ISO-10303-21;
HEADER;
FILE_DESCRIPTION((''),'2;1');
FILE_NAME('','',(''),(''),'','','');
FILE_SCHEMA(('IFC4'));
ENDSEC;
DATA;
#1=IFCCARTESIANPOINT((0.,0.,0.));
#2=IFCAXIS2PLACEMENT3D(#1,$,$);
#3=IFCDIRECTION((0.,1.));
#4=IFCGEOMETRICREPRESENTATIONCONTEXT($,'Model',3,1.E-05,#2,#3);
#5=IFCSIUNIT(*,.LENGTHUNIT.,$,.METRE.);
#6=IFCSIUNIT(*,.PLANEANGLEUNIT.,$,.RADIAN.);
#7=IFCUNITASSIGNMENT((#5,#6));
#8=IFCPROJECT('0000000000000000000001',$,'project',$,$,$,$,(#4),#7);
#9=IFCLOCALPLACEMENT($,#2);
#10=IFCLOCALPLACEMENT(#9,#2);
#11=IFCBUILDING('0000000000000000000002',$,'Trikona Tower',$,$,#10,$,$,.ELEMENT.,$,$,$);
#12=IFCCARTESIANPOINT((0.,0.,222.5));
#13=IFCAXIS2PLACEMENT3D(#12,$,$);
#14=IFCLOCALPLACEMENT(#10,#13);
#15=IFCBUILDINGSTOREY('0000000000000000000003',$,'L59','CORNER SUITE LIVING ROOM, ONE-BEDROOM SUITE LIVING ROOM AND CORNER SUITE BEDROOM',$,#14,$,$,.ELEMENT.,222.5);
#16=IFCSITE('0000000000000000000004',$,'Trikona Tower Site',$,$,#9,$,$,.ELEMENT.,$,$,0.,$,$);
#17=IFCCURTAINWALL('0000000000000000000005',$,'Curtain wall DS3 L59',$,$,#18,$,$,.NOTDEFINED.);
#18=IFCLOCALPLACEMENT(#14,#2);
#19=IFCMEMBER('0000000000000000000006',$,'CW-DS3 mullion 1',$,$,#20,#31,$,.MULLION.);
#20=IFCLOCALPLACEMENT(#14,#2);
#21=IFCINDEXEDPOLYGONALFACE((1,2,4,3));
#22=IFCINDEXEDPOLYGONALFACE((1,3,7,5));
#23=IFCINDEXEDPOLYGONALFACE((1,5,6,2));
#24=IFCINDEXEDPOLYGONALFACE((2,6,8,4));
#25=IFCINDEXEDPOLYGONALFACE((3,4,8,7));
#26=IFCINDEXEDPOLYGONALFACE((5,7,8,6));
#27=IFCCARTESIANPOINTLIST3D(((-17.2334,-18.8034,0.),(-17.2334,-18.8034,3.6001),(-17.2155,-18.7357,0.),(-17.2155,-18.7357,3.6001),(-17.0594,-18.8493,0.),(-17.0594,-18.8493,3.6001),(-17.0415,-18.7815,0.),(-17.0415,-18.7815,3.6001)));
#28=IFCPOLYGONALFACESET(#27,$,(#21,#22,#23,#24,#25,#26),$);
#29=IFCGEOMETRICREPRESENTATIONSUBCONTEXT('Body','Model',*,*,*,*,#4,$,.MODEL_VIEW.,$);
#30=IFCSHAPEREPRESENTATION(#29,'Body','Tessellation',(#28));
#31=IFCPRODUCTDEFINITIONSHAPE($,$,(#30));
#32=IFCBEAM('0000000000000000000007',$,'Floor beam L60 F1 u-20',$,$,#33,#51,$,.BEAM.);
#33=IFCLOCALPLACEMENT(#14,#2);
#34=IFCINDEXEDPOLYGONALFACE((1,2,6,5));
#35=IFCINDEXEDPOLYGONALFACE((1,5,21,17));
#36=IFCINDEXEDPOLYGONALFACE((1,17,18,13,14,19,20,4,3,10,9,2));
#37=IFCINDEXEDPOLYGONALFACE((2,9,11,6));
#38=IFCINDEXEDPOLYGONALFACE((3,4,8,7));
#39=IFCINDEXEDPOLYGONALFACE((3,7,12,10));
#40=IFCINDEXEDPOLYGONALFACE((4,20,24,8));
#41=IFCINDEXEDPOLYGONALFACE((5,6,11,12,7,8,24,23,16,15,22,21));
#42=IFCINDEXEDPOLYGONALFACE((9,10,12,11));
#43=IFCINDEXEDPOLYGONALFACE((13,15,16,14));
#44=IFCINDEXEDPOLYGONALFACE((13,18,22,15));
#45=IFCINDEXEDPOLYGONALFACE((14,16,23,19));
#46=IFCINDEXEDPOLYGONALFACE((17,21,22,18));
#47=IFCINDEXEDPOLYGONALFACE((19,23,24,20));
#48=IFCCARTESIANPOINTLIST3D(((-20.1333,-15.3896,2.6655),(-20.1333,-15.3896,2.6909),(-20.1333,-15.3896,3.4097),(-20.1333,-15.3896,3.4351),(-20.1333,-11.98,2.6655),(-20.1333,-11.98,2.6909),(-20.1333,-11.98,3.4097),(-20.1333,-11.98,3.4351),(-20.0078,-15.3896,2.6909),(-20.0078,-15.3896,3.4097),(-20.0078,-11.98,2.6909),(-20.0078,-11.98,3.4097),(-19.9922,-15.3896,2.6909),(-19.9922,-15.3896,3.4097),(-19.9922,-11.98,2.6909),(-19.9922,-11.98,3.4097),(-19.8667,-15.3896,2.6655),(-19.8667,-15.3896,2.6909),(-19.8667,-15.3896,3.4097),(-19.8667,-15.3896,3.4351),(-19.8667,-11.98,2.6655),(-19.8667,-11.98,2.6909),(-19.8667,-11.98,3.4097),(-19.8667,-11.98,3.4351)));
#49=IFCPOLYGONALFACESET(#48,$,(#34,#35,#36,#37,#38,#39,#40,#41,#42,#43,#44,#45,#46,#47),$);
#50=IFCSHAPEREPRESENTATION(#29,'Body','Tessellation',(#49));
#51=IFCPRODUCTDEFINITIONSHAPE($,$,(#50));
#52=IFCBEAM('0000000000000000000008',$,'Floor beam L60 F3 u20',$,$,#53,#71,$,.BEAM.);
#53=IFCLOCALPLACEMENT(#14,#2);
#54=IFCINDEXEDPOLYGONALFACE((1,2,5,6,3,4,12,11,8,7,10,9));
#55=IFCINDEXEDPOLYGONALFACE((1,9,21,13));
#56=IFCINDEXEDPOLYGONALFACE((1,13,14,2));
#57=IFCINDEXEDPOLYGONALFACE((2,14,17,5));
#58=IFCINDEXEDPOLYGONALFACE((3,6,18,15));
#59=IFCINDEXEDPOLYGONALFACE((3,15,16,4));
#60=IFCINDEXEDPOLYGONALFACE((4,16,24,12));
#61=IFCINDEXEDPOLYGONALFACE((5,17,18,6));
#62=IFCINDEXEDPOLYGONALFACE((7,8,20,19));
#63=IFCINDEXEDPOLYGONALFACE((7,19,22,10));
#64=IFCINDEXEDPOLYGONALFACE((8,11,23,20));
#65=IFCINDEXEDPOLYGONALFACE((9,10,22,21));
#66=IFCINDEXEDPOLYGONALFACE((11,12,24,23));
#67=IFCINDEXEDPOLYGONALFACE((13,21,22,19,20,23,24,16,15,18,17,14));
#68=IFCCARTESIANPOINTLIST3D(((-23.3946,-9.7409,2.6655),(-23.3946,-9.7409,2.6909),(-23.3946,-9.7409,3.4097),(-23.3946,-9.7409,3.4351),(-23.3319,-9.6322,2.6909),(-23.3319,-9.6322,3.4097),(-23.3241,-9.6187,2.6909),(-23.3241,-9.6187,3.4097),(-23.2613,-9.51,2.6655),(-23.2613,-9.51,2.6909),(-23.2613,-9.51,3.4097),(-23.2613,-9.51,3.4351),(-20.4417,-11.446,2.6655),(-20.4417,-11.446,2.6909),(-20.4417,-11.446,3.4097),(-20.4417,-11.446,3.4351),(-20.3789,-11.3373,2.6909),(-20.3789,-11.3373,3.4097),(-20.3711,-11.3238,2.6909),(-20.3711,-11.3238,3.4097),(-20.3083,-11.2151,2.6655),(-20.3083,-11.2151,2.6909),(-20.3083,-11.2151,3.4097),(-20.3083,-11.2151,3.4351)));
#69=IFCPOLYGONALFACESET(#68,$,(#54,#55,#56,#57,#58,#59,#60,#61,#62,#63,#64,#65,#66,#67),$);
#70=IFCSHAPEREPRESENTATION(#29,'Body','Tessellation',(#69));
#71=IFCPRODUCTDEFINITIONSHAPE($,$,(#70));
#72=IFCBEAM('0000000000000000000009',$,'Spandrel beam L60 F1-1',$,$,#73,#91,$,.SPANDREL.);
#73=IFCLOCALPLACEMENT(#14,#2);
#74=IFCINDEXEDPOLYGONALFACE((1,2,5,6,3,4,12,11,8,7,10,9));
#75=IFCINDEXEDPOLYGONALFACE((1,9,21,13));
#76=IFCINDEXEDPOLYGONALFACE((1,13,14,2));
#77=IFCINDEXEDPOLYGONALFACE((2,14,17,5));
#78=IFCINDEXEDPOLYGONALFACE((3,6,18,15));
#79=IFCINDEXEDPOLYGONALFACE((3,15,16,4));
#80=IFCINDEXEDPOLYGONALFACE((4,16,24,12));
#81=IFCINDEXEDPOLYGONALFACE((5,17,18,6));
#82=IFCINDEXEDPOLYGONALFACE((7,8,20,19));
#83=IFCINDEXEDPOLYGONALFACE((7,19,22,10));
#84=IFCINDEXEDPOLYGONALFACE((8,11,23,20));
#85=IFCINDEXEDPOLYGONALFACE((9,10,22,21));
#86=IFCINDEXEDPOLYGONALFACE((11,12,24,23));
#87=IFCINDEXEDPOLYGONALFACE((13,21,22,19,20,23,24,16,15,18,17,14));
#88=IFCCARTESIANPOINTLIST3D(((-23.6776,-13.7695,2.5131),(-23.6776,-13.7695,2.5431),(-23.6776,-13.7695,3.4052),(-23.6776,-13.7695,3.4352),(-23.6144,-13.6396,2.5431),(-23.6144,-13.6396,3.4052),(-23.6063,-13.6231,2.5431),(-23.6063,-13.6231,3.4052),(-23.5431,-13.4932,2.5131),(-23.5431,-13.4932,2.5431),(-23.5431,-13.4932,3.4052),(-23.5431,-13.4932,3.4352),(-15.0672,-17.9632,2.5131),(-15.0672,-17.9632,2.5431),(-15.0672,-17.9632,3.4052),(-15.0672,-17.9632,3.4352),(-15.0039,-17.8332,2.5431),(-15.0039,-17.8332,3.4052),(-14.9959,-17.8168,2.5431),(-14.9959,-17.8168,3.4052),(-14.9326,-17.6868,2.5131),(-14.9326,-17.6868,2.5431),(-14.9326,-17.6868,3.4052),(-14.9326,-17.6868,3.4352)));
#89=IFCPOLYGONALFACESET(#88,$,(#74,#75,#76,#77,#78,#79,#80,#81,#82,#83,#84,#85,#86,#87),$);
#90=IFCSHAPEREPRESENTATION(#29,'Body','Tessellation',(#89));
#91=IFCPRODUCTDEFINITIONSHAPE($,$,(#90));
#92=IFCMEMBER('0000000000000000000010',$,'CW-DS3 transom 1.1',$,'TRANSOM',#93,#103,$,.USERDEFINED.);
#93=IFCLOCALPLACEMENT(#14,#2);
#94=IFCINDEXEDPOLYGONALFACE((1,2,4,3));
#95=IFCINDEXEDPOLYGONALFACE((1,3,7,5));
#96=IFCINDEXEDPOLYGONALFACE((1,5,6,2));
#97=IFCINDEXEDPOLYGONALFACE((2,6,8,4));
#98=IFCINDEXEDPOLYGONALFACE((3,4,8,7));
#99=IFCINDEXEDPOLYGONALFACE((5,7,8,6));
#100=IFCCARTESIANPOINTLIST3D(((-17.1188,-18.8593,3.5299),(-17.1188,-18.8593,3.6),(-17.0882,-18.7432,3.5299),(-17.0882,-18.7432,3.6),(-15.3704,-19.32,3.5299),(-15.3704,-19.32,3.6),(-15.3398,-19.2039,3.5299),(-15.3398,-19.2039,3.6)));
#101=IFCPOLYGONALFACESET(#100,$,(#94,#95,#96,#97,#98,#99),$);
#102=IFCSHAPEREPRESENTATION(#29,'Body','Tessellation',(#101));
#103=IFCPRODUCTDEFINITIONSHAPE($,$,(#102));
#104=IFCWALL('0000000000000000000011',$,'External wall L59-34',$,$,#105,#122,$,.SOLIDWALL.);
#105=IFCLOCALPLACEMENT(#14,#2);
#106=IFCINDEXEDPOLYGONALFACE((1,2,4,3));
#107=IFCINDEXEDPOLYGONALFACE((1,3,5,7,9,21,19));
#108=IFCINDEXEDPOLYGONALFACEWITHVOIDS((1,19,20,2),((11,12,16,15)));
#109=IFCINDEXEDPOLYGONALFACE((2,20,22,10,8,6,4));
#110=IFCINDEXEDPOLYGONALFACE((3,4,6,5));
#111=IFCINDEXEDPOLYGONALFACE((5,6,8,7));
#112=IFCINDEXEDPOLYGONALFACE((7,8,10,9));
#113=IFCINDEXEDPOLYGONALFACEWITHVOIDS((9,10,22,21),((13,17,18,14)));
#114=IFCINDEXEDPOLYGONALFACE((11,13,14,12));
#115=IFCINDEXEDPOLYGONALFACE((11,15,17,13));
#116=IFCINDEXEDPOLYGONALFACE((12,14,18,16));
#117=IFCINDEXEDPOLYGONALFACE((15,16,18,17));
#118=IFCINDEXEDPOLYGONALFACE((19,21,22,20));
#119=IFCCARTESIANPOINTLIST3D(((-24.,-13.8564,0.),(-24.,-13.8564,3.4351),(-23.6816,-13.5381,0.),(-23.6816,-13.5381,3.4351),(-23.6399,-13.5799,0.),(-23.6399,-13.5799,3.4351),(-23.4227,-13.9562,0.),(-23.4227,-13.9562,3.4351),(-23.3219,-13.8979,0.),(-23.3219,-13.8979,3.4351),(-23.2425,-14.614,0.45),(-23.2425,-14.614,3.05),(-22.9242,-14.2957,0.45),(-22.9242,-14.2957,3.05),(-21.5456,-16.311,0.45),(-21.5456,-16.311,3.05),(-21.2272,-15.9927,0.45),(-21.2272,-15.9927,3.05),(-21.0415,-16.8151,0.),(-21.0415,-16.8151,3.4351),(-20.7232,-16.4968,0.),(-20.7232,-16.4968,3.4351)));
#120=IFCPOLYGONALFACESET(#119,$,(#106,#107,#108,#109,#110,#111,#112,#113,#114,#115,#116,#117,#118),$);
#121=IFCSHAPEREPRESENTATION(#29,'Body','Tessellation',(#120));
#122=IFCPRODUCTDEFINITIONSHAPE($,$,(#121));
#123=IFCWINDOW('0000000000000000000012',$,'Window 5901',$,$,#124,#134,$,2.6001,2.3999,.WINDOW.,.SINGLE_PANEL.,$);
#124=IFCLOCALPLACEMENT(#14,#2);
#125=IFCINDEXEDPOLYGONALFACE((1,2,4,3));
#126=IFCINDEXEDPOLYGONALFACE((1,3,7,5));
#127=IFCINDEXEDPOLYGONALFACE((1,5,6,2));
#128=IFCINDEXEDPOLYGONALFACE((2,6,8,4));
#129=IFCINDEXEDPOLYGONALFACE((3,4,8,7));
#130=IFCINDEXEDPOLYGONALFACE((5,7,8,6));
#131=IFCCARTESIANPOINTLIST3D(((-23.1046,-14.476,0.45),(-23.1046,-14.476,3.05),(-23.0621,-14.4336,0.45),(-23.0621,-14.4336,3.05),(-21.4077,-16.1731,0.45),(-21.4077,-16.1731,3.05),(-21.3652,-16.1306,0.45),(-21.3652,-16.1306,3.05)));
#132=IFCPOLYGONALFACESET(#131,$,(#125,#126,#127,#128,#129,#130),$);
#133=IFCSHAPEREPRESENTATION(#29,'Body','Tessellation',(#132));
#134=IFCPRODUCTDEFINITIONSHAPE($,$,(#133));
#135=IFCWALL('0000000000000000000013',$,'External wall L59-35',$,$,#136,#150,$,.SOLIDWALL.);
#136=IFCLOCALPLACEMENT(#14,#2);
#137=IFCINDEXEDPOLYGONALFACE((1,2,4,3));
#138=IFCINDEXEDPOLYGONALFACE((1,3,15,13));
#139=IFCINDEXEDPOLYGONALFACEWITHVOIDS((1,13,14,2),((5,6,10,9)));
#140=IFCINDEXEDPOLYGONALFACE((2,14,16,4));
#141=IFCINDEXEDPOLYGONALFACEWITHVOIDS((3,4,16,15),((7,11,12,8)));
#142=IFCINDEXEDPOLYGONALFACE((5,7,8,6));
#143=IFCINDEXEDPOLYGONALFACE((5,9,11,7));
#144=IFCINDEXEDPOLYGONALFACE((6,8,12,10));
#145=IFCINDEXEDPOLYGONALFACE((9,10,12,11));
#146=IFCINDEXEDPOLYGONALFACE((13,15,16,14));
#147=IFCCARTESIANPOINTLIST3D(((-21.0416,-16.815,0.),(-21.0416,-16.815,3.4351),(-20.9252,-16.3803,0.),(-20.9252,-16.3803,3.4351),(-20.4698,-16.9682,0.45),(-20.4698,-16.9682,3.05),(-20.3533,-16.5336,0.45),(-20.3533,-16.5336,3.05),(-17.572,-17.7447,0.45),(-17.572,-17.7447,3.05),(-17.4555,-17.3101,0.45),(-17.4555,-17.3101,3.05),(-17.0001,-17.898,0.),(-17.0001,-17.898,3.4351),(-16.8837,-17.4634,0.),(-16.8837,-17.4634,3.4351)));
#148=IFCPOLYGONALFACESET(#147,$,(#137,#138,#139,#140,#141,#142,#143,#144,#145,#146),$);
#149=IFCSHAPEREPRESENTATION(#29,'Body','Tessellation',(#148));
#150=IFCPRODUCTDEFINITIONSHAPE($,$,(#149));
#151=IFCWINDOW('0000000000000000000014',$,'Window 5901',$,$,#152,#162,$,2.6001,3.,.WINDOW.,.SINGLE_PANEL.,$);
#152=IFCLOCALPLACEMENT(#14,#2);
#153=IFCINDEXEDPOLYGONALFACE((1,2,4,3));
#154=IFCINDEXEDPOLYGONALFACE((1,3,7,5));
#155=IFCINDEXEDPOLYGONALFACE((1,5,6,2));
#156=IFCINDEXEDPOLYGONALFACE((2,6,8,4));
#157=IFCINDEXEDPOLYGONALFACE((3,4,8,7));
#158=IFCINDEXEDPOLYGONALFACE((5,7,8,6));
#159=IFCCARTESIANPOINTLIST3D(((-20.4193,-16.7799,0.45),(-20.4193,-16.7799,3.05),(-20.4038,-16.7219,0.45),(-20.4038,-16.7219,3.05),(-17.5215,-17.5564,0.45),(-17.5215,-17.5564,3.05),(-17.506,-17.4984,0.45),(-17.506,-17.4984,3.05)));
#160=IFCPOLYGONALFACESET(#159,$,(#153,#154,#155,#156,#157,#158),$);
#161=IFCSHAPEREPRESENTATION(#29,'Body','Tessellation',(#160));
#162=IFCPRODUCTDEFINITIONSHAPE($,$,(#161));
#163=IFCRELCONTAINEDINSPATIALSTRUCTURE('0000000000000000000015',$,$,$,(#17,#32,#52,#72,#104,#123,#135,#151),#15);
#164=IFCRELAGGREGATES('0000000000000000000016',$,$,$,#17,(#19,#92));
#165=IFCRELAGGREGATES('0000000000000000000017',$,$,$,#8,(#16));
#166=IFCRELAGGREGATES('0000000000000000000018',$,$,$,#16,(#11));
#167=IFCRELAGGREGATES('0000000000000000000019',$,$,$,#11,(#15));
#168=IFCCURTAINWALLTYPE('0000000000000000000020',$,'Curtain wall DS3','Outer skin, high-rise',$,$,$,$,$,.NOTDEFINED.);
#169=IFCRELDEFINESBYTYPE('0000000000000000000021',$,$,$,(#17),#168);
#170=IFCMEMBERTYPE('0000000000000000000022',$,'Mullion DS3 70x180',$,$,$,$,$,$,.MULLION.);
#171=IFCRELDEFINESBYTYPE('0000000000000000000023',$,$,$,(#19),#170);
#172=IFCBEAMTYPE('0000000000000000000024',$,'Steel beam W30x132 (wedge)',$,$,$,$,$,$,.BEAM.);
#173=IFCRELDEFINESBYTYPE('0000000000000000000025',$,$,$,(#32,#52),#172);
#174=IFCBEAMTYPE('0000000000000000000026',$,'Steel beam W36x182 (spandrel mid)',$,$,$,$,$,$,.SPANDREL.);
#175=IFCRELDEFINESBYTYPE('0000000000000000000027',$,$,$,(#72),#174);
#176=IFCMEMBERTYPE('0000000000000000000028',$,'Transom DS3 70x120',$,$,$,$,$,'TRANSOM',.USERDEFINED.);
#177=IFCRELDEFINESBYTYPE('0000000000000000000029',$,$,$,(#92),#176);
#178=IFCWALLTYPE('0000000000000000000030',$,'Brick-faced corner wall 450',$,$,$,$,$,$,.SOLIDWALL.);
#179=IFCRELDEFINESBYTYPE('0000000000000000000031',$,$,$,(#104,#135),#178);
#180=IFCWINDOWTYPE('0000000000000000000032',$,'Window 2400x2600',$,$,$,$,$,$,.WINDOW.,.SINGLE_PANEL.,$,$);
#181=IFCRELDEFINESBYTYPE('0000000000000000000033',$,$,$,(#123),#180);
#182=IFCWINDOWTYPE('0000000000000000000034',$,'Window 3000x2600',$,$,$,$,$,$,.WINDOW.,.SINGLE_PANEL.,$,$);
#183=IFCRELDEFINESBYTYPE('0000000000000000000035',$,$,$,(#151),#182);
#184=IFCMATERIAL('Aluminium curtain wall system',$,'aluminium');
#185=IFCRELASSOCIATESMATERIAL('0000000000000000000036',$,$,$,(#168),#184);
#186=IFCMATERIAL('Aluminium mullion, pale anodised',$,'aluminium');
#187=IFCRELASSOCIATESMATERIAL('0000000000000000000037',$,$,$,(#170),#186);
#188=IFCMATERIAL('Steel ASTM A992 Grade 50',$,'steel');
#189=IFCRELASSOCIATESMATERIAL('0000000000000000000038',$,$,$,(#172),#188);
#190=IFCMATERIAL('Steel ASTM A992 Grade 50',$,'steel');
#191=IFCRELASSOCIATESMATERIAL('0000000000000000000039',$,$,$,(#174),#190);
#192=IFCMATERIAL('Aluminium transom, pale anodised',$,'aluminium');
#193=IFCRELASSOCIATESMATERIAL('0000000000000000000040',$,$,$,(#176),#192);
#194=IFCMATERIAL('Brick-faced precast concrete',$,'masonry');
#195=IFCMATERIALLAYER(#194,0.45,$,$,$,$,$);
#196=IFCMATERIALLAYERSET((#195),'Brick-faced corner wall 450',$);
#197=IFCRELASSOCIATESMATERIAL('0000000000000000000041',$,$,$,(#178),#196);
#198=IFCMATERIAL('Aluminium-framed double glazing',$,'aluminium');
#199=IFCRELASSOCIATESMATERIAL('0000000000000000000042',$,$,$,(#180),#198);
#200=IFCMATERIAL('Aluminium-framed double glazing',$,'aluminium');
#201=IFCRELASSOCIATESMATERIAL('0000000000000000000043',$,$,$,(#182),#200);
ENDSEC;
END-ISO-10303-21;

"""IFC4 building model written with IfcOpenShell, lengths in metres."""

from ifc_helpers import new_model, si_unit, direction, frame, frame_2d, origin, origin_2d, place, context, subcontext, project, spatial, polyline, rectangle, i_section, outline, extrude, material, layer, layer_set, material_profile, profile_set, type_object, element, fill, aggregate, save


model = new_model("IFC4")

# Units and contexts
model_context = context("Model", 3, precision=1e-05, world=origin(), true_north=direction((0.0, 1.0)))
body_context = subcontext(model_context, "Body", "Model", "MODEL_VIEW")
ifc_project = project(units=[si_unit("LENGTHUNIT", "METRE"), si_unit("PLANEANGLEUNIT", "RADIAN")], contexts=[model_context])

# Site, building, storey
site_placement = place(None, origin())
site = spatial("IfcSite", under=ifc_project, at=site_placement, Name="Trikona Tower Site", CompositionType="ELEMENT", RefElevation=0.0)
building_placement = place(site_placement, origin())
building = spatial("IfcBuilding", under=site, at=building_placement, Name="Trikona Tower", CompositionType="ELEMENT")
storey_placement = place(building_placement, frame((0.0, 0.0, 222.5)))
storey = spatial("IfcBuildingStorey", under=building, at=storey_placement, Name="L59", Description="CORNER SUITE LIVING ROOM, ONE-BEDROOM SUITE LIVING ROOM AND CORNER SUITE BEDROOM", CompositionType="ELEMENT", Elevation=222.5)

# Curtain wall, member
ifc_material_1 = material(Name="Aluminium curtain wall system", Category="aluminium")
curtain_wall_type = type_object("IfcCurtainWallType", Name="Curtain wall DS3", Description="Outer skin, high-rise", PredefinedType="NOTDEFINED", material=ifc_material_1)
curtain_wall_placement = place(storey_placement, origin())
curtain_wall = element("IfcCurtainWall", 1, at=curtain_wall_placement, inside=storey, type_object=curtain_wall_type, Name="Curtain wall DS3 L59", PredefinedType="NOTDEFINED")
ifc_material_2 = material(Name="Aluminium mullion, pale anodised", Category="aluminium")
ifc_material_profile_1 = material_profile(ifc_material_2, rectangle(XDim=0.0701, YDim=0.1799, at=origin_2d()), Name="MUL-DS3")
ifc_profile_set_1 = profile_set([ifc_material_profile_1], Name="Aluminium mullion, pale anodised")
member_type_1 = type_object("IfcMemberType", Name="Mullion DS3 70x180", PredefinedType="MULLION", material=ifc_profile_set_1)
member_1_placement = place(storey_placement, frame((-17.1375, -18.7925, 0.0), z_axis=(0.0, 0.0, 1.0), x_axis=(0.254786, 0.966997, 0.0)))
member_1 = element("IfcMember", 2, at=member_1_placement, type_object=member_type_1, Name="CW-DS3 mullion 1", PredefinedType="MULLION", context=body_context, shape_type="SweptSolid", body=[
    extrude(rectangle(XDim=0.0701, YDim=0.1799, at=origin_2d()), origin(), (0.0, 0.0, 1.0), 3.6001),
])

# Beams
ifc_material_3 = material(Name="Steel ASTM A992 Grade 50", Category="steel")
ifc_material_profile_2 = material_profile(ifc_material_3, i_section(OverallWidth=0.2666, OverallDepth=0.7695, WebThickness=0.0156, FlangeThickness=0.0254, at=origin_2d()), Name="W30X132")
ifc_profile_set_2 = profile_set([ifc_material_profile_2], Name="Steel ASTM A992 Grade 50")
beam_type_1 = type_object("IfcBeamType", Name="Steel beam W30x132 (wedge)", PredefinedType="BEAM", material=ifc_profile_set_2)
beam_1_placement = place(storey_placement, frame((-20.0, -11.98, 3.0503), z_axis=(0.0, -1.0, 0.0), x_axis=(1.0, 0.0, 0.0)))
element("IfcBeam", 3, at=beam_1_placement, inside=storey, type_object=beam_type_1, Name="Floor beam L60 F1 u-20", PredefinedType="BEAM", context=body_context, shape_type="SweptSolid", body=[
    extrude(i_section(OverallWidth=0.2666, OverallDepth=0.7695, WebThickness=0.0156, FlangeThickness=0.0254, at=origin_2d()), origin(), (0.0, 0.0, 1.0), 3.4097),
])
beam_2_placement = place(storey_placement, frame((-20.375, -11.3306, 3.0503), z_axis=(-0.865996, 0.500051, 0.0), x_axis=(-0.500051, -0.865996, 0.0)))
element("IfcBeam", 4, at=beam_2_placement, inside=storey, type_object=beam_type_1, Name="Floor beam L60 F3 u20", PredefinedType="BEAM", context=body_context, shape_type="SweptSolid", body=[
    extrude(i_section(OverallWidth=0.2666, OverallDepth=0.7695, WebThickness=0.0156, FlangeThickness=0.0254, at=origin_2d()), origin(), (0.0, 0.0, 1.0), 3.4099),
])
ifc_material_4 = material(Name="Steel ASTM A992 Grade 50", Category="steel")
ifc_material_profile_3 = material_profile(ifc_material_4, i_section(OverallWidth=0.3074, OverallDepth=0.9221, WebThickness=0.0183, FlangeThickness=0.03, at=origin_2d()), Name="W36X182")
ifc_profile_set_3 = profile_set([ifc_material_profile_3], Name="Steel ASTM A992 Grade 50")
beam_type_2 = type_object("IfcBeamType", Name="Steel beam W36x182 (spandrel mid)", PredefinedType="SPANDREL", material=ifc_profile_set_3)
beam_3_placement = place(storey_placement, frame((-23.6104, -13.6313, 2.9741), z_axis=(0.899039, -0.43787, 0.0), x_axis=(0.43787, 0.899039, 0.0)))
element("IfcBeam", 5, at=beam_3_placement, inside=storey, type_object=beam_type_2, Name="Spandrel beam L60 F1-1", PredefinedType="SPANDREL", context=body_context, shape_type="SweptSolid", body=[
    extrude(i_section(OverallWidth=0.3074, OverallDepth=0.9221, WebThickness=0.0183, FlangeThickness=0.03, at=origin_2d()), origin(), (0.0, 0.0, 1.0), 9.5774),
])

# Member
ifc_material_5 = material(Name="Aluminium transom, pale anodised", Category="aluminium")
ifc_material_profile_4 = material_profile(ifc_material_5, rectangle(XDim=0.1201, YDim=0.0701, at=origin_2d()), Name="TRN-DS3")
ifc_profile_set_4 = profile_set([ifc_material_profile_4], Name="Aluminium transom, pale anodised")
member_type_2 = type_object("IfcMemberType", Name="Transom DS3 70x120", ElementType="TRANSOM", PredefinedType="USERDEFINED", material=ifc_profile_set_4)
member_2_placement = place(storey_placement, frame((-17.1035, -18.8013, 3.5649), z_axis=(0.966999, -0.254779, 0.0), x_axis=(0.254779, 0.966999, 0.0)))
member_2 = element("IfcMember", 6, at=member_2_placement, type_object=member_type_2, Name="CW-DS3 transom 1.1", ObjectType="TRANSOM", PredefinedType="USERDEFINED", context=body_context, shape_type="SweptSolid", body=[
    extrude(rectangle(XDim=0.1201, YDim=0.0701, at=origin_2d()), origin(), (0.0, 0.0, 1.0), 1.8081),
])
aggregate(curtain_wall, [member_1, member_2])

# Walls, openings, windows
ifc_material_6 = material(Name="Brick-faced precast concrete", Category="masonry")
ifc_layer_1 = layer(ifc_material_6, 0.45)
ifc_layer_set_1 = layer_set([ifc_layer_1], Name="Brick-faced corner wall 450")
wall_type_1 = type_object("IfcWallType", Name="Brick-faced corner wall 450", PredefinedType="SOLIDWALL", material=ifc_layer_set_1)
wall_1_placement = place(storey_placement, frame((-23.8408, -13.6973, 0.0), z_axis=(0.0, 0.0, 1.0), x_axis=(0.707078, -0.707136, 0.0)))
wall_1 = element("IfcWall", 7, at=wall_1_placement, inside=storey, type_object=wall_type_1, Name="External wall L59-34", PredefinedType="SOLIDWALL", context=body_context, shape_type="SweptSolid", body=[
    extrude(outline(polyline([(4.1841, 0.2251), (0.5088, 0.2251), (0.4788, 0.1125), (0.0591, 0.2251), (0.0, 0.2251), (0.0, -0.2251), (4.1841, -0.2251), (4.1841, 0.2251)])), origin(), (0.0, 0.0, 1.0), 3.4351),
])
opening_1_placement = place(wall_1_placement, frame((1.0713, 0.0, 0.45)))
opening_1 = element("IfcOpeningElement", 8, at=opening_1_placement, cuts=wall_1, PredefinedType="OPENING", context=body_context, shape_type="SweptSolid", body=[
    extrude(rectangle(XDim=2.3999, YDim=2.6001, at=frame_2d((1.2, 1.3))), frame((0.0, 0.2349, 0.0), z_axis=(0.0, -1.0, 0.0), x_axis=(1.0, 0.0, 0.0)), (0.0, 0.0, 1.0), 0.47),
])
ifc_material_7 = material(Name="Aluminium-framed double glazing", Category="aluminium")
window_type_1 = type_object("IfcWindowType", Name="Window 2400x2600", PartitioningType="SINGLE_PANEL", PredefinedType="WINDOW", material=ifc_material_7)
window_1_placement = place(opening_1_placement, origin())
window_1 = element("IfcWindow", 9, at=window_1_placement, inside=storey, type_object=window_type_1, Name="Window 5901", OverallHeight=2.6001, OverallWidth=2.3999, PartitioningType="SINGLE_PANEL", PredefinedType="WINDOW", context=body_context, shape_type="SweptSolid", body=[
    extrude(rectangle(XDim=2.3999, YDim=2.6001, at=frame_2d((1.2, 1.3))), frame((0.0, 0.03, 0.0), z_axis=(0.0, -1.0, 0.0), x_axis=(1.0, 0.0, 0.0)), (0.0, 0.0, 1.0), 0.0601),
])
fill(opening_1, window_1)
wall_2_placement = place(storey_placement, frame((-20.9834, -16.5977, 0.0), z_axis=(0.0, 0.0, 1.0), x_axis=(0.96592, -0.258839, 0.0)))
wall_2 = element("IfcWall", 10, at=wall_2_placement, inside=storey, type_object=wall_type_1, Name="External wall L59-35", PredefinedType="SOLIDWALL", context=body_context, shape_type="SweptSolid", body=[
    extrude(rectangle(XDim=4.1841, YDim=0.45, at=frame_2d((2.092, 0.0))), origin(), (0.0, 0.0, 1.0), 3.4351),
])
opening_2_placement = place(wall_2_placement, frame((0.592, 0.0, 0.45)))
opening_2 = element("IfcOpeningElement", 11, at=opening_2_placement, cuts=wall_2, PredefinedType="OPENING", context=body_context, shape_type="SweptSolid", body=[
    extrude(rectangle(XDim=3.0, YDim=2.6001, at=frame_2d((1.5, 1.3))), frame((0.0, 0.2349, 0.0), z_axis=(0.0, -1.0, 0.0), x_axis=(1.0, 0.0, 0.0)), (0.0, 0.0, 1.0), 0.47),
])
ifc_material_8 = material(Name="Aluminium-framed double glazing", Category="aluminium")
window_type_2 = type_object("IfcWindowType", Name="Window 3000x2600", PartitioningType="SINGLE_PANEL", PredefinedType="WINDOW", material=ifc_material_8)
window_2_placement = place(opening_2_placement, origin())
window_2 = element("IfcWindow", 12, at=window_2_placement, inside=storey, type_object=window_type_2, Name="Window 5901", OverallHeight=2.6001, OverallWidth=3.0, PartitioningType="SINGLE_PANEL", PredefinedType="WINDOW", context=body_context, shape_type="SweptSolid", body=[
    extrude(rectangle(XDim=3.0, YDim=2.6001, at=frame_2d((1.5, 1.3))), frame((0.0, 0.03, 0.0), z_axis=(0.0, -1.0, 0.0), x_axis=(1.0, 0.0, 0.0)), (0.0, 0.0, 1.0), 0.0601),
])
fill(opening_2, window_2)

save(model, "model.ifc")
